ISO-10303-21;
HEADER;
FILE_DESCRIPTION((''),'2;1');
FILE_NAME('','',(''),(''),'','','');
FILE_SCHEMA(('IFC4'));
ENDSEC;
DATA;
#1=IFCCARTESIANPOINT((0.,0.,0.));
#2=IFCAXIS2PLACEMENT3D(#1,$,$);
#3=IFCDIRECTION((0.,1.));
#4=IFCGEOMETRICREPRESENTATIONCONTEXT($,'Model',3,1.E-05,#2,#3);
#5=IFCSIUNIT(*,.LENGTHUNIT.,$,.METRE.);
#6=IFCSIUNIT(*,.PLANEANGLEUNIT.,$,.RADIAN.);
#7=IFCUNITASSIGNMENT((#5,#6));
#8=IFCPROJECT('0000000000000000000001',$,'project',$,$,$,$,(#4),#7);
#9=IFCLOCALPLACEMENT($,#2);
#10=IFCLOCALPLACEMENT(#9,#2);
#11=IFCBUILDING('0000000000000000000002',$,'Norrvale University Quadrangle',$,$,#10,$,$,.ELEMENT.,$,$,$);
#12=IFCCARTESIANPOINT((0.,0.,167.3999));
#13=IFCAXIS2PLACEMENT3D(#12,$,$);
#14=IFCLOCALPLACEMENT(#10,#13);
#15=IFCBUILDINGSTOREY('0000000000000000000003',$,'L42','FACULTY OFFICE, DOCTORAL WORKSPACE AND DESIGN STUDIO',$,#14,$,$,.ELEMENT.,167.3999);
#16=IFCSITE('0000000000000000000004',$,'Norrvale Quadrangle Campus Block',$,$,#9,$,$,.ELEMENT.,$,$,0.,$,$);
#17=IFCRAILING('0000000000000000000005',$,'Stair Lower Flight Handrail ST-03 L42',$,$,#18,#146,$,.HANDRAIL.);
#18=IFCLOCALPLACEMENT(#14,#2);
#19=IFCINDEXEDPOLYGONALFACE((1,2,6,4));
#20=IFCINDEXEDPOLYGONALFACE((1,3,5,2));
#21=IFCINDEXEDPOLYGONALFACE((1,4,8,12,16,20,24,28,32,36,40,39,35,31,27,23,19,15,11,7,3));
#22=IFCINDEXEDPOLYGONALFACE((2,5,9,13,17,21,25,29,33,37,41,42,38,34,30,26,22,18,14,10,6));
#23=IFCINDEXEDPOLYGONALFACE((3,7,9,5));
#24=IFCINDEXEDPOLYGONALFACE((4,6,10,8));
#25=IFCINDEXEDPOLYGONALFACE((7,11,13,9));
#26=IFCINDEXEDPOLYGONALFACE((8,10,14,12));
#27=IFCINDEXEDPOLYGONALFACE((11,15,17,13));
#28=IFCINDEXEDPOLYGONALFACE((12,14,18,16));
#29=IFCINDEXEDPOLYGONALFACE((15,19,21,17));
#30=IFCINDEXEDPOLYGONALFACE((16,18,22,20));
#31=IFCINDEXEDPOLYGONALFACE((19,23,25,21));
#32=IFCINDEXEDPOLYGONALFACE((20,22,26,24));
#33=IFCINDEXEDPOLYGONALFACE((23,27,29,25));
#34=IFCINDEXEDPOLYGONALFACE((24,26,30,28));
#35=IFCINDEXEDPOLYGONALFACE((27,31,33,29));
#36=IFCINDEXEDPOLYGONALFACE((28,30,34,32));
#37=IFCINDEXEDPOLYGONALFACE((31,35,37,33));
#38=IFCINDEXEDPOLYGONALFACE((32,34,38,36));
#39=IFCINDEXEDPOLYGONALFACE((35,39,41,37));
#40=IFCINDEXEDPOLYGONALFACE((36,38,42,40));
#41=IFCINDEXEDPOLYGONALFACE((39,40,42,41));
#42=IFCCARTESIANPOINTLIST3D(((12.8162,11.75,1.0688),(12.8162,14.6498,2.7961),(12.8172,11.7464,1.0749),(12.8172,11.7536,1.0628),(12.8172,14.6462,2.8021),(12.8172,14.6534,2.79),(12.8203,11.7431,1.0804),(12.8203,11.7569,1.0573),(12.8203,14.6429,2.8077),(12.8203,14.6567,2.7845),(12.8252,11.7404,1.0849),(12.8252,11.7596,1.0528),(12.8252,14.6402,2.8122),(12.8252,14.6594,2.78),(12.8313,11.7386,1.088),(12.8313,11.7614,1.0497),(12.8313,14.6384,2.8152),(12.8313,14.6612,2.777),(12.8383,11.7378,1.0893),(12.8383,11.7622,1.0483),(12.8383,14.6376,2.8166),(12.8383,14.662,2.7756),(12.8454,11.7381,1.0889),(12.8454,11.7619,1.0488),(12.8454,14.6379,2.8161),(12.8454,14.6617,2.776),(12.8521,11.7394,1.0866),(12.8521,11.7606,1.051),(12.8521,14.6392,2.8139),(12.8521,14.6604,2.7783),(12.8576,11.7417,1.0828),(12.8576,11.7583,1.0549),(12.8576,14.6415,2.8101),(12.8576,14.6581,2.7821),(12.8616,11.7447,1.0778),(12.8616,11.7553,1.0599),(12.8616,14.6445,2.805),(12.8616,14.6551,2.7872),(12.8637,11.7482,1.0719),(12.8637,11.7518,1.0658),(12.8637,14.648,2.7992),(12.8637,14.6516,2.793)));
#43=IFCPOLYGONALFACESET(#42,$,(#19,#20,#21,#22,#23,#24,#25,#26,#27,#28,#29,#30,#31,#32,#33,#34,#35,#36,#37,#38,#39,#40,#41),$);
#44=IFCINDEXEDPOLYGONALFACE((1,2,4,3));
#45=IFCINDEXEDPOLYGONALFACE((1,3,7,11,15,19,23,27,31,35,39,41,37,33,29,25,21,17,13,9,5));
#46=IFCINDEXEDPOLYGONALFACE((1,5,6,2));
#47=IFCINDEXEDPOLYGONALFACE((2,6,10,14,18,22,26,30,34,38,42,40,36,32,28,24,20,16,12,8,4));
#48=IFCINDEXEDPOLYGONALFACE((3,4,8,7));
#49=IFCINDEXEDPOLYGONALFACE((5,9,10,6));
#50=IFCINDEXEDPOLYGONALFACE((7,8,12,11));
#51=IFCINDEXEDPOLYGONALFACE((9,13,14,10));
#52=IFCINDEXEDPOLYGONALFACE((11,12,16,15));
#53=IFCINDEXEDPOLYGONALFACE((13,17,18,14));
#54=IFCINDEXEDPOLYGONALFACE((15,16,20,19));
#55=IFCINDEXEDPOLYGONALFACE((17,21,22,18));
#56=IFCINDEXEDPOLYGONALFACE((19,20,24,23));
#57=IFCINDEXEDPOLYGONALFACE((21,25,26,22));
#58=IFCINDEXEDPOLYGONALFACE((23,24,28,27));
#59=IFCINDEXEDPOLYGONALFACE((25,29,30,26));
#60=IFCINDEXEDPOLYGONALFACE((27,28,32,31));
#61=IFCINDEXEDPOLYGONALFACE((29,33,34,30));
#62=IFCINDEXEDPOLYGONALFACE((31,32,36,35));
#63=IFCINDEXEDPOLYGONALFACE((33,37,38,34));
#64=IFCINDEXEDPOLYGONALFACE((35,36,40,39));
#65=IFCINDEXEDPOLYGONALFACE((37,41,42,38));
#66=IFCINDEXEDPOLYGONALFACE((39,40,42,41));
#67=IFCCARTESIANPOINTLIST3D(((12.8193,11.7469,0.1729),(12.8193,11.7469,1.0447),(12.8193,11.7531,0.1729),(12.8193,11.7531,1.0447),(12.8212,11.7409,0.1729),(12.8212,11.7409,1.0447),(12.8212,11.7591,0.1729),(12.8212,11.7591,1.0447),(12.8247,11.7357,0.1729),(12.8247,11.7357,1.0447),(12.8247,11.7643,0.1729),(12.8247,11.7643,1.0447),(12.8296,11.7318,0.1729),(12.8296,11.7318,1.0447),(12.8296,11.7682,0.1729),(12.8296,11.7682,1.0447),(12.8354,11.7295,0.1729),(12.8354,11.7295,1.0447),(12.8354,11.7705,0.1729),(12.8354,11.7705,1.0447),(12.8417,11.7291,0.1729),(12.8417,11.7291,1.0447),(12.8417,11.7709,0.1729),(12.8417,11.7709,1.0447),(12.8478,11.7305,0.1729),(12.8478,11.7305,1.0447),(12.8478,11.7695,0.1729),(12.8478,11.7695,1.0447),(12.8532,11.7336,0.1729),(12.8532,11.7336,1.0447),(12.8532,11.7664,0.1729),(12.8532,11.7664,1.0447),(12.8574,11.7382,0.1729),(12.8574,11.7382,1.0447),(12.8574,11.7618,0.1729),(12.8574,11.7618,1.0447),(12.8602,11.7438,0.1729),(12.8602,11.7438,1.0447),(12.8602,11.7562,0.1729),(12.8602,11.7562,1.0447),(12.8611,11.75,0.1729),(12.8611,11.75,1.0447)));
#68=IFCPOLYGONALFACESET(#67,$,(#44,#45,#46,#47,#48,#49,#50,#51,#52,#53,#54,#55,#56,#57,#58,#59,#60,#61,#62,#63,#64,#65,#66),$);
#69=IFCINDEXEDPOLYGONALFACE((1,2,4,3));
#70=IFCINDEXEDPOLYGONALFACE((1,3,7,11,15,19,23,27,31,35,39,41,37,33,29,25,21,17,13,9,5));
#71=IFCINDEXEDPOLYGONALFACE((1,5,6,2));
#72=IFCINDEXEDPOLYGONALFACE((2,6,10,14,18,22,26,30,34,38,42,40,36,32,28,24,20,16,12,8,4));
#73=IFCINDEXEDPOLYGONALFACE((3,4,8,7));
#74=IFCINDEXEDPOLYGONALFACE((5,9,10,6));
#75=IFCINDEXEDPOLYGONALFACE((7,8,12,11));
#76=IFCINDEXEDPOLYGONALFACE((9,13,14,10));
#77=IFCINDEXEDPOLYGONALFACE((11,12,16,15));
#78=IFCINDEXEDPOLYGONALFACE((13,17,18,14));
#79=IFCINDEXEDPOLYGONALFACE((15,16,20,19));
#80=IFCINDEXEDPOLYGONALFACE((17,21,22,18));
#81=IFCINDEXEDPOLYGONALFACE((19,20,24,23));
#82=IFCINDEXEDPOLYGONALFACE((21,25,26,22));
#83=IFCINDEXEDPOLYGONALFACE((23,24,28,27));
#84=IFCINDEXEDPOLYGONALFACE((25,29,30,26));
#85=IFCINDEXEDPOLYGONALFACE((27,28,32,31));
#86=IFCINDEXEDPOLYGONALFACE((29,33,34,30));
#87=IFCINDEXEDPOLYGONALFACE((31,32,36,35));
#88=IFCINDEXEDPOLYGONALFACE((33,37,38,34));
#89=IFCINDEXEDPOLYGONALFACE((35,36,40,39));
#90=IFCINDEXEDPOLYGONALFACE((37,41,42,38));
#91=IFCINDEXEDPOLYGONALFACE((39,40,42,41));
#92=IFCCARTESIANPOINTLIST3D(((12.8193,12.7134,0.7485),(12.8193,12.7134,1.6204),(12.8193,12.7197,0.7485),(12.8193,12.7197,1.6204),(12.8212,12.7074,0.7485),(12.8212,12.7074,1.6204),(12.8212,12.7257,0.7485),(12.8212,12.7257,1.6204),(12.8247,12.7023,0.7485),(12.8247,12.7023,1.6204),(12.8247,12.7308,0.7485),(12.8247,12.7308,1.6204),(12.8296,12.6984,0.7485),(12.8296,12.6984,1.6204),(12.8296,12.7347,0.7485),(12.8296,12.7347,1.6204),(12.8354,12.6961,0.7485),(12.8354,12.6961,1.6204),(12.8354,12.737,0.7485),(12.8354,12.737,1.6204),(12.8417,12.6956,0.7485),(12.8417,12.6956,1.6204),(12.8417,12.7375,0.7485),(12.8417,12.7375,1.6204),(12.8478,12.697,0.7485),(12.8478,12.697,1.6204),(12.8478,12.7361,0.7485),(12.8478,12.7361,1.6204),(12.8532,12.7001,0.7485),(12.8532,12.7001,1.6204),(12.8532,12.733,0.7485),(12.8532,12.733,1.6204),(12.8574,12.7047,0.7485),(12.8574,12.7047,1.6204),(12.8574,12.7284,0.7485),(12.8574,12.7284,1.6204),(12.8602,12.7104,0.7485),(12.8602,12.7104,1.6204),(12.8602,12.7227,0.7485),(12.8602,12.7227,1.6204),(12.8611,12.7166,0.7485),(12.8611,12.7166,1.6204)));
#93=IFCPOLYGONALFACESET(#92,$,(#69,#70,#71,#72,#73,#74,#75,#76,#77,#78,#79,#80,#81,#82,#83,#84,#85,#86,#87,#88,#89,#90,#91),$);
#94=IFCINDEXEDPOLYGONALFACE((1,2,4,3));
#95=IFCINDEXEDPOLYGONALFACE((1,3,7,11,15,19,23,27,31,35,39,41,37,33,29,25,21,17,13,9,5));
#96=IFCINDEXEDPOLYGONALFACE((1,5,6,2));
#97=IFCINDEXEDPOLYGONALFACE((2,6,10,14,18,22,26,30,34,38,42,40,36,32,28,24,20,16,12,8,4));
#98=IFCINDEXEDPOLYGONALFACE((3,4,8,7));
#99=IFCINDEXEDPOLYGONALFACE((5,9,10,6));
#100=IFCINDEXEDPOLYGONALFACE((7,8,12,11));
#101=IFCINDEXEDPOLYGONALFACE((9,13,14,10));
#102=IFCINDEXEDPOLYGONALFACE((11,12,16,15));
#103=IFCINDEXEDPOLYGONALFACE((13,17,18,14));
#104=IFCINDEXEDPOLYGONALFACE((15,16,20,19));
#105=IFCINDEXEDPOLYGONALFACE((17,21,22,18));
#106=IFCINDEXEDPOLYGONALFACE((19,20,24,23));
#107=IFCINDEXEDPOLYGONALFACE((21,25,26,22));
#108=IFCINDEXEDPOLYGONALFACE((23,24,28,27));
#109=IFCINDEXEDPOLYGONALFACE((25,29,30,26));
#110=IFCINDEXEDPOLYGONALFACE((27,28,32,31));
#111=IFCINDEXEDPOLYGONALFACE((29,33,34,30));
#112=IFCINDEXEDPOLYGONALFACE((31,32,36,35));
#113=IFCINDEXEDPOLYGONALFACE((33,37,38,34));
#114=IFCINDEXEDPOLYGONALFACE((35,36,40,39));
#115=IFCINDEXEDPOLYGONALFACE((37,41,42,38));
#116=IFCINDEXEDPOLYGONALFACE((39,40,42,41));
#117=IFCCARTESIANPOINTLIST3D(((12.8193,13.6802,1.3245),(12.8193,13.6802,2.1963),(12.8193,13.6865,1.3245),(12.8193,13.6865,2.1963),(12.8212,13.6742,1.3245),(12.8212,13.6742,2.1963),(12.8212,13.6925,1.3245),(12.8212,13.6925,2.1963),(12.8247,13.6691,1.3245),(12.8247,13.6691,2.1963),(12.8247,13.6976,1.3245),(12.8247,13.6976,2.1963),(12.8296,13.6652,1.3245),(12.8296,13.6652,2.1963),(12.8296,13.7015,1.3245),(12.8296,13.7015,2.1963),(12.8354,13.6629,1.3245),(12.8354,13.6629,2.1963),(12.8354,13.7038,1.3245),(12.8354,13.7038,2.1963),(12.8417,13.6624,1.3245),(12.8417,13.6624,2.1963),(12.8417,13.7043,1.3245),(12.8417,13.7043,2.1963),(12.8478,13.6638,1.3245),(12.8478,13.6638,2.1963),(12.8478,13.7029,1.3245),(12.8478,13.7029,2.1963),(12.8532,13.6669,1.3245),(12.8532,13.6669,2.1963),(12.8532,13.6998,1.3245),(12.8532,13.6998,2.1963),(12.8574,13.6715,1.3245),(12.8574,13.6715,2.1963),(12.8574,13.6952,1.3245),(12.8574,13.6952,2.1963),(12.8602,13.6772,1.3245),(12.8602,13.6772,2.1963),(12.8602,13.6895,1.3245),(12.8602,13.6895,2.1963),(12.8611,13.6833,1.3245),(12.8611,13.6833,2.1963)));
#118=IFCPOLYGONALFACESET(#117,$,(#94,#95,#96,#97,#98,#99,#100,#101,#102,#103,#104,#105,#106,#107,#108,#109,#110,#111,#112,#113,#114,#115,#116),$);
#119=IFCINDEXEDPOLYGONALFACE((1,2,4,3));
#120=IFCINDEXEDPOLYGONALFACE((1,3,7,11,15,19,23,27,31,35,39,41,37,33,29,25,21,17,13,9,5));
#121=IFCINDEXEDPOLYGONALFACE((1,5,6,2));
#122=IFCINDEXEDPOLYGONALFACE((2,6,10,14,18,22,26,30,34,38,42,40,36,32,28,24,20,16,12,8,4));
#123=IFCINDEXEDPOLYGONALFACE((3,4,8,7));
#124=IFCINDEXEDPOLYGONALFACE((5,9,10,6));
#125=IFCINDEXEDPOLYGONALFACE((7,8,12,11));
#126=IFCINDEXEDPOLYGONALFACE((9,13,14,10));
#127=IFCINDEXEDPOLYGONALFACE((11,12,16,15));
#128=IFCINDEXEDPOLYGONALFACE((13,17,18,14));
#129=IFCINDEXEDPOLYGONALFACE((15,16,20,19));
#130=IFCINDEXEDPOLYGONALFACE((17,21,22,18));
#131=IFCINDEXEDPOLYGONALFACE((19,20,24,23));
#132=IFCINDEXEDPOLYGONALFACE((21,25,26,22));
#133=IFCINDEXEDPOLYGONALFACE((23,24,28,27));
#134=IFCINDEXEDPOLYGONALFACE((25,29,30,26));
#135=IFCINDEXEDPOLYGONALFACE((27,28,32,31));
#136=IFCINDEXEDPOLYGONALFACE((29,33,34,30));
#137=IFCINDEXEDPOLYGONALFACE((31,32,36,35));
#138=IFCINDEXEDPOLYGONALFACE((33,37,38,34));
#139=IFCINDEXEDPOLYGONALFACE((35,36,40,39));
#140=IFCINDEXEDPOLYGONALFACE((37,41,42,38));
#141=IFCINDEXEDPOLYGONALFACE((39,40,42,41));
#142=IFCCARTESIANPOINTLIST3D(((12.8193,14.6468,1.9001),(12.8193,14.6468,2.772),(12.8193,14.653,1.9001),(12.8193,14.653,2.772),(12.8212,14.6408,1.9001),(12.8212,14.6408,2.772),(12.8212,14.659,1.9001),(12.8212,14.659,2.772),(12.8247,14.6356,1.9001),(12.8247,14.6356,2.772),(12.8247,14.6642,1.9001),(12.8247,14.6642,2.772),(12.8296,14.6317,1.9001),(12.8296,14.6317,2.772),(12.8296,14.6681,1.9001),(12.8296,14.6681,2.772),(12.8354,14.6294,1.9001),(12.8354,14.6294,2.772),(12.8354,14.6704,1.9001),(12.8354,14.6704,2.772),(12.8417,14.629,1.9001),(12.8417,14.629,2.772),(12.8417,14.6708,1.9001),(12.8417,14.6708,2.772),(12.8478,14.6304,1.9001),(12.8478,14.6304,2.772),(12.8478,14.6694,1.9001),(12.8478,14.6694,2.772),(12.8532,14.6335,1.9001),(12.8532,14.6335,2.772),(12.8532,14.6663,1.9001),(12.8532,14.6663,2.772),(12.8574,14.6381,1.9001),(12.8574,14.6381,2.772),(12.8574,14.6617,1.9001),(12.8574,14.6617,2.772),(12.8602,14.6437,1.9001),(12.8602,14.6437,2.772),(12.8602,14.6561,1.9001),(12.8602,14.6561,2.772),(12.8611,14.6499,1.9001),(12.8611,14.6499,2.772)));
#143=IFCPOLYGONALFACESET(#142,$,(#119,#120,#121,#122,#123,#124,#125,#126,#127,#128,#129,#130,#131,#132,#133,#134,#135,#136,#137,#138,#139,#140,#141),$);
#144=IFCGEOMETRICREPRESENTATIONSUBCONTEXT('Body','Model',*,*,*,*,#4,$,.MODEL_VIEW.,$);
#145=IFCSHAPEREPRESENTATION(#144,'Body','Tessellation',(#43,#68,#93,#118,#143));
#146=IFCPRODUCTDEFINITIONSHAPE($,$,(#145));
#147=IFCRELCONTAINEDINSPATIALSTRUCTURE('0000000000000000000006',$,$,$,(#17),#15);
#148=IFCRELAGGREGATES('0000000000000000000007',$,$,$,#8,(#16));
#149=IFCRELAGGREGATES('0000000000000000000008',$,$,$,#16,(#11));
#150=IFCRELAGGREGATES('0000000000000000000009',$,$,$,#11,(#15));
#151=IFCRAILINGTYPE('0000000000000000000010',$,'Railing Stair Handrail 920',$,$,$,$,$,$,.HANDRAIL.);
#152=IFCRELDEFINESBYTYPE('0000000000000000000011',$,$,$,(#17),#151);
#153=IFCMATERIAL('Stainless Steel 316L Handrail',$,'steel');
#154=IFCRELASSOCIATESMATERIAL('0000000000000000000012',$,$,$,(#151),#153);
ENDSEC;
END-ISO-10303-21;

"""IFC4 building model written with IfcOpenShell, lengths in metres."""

from ifc_helpers import new_model, si_unit, direction, frame, origin, origin_2d, place, context, subcontext, project, spatial, circle, extrude, material, type_object, element, save


model = new_model("IFC4")

# Units and contexts
model_context = context("Model", 3, precision=1e-05, world=origin(), true_north=direction((0.0, 1.0)))
body_context = subcontext(model_context, "Body", "Model", "MODEL_VIEW")
ifc_project = project(units=[si_unit("LENGTHUNIT", "METRE"), si_unit("PLANEANGLEUNIT", "RADIAN")], contexts=[model_context])

# Site, building, storey
site_placement = place(None, origin())
site = spatial("IfcSite", under=ifc_project, at=site_placement, Name="Norrvale Quadrangle Campus Block", CompositionType="ELEMENT", RefElevation=0.0)
building_placement = place(site_placement, origin())
building = spatial("IfcBuilding", under=site, at=building_placement, Name="Norrvale University Quadrangle", CompositionType="ELEMENT")
storey_placement = place(building_placement, frame((0.0, 0.0, 167.3999)))
storey = spatial("IfcBuildingStorey", under=building, at=storey_placement, Name="L42", Description="FACULTY OFFICE, DOCTORAL WORKSPACE AND DESIGN STUDIO", CompositionType="ELEMENT", Elevation=167.3999)

# Railing
ifc_material_1 = material(Name="Stainless Steel 316L Handrail", Category="steel")
railing_type_1 = type_object("IfcRailingType", Name="Railing Stair Handrail 920", PredefinedType="HANDRAIL", material=ifc_material_1)
railing_1_placement = place(storey_placement, frame((12.8401, 11.75, 0.1729)))
element("IfcRailing", 1, at=railing_1_placement, inside=storey, type_object=railing_type_1, Name="Stair Lower Flight Handrail ST-03 L42", PredefinedType="HANDRAIL", context=body_context, shape_type="SweptSolid", body=[
    extrude(circle(Radius=0.0239, at=origin_2d()), frame((0.0, 0.0, 0.896), z_axis=(0.0, 0.859141, 0.511738), x_axis=(-1.0, 0.0, 0.0)), (0.0, 0.0, 1.0), 3.3752),
    extrude(circle(Radius=0.021, at=origin_2d()), origin(), (0.0, 0.0, 1.0), 0.8718),
    extrude(circle(Radius=0.021, at=origin_2d()), frame((0.0, 0.9666, 0.5757)), (0.0, 0.0, 1.0), 0.8718),
    extrude(circle(Radius=0.021, at=origin_2d()), frame((0.0, 1.9333, 1.1516)), (0.0, 0.0, 1.0), 0.8718),
    extrude(circle(Radius=0.021, at=origin_2d()), frame((0.0, 2.8999, 1.7273)), (0.0, 0.0, 1.0), 0.8718),
])

save(model, "model.ifc")
